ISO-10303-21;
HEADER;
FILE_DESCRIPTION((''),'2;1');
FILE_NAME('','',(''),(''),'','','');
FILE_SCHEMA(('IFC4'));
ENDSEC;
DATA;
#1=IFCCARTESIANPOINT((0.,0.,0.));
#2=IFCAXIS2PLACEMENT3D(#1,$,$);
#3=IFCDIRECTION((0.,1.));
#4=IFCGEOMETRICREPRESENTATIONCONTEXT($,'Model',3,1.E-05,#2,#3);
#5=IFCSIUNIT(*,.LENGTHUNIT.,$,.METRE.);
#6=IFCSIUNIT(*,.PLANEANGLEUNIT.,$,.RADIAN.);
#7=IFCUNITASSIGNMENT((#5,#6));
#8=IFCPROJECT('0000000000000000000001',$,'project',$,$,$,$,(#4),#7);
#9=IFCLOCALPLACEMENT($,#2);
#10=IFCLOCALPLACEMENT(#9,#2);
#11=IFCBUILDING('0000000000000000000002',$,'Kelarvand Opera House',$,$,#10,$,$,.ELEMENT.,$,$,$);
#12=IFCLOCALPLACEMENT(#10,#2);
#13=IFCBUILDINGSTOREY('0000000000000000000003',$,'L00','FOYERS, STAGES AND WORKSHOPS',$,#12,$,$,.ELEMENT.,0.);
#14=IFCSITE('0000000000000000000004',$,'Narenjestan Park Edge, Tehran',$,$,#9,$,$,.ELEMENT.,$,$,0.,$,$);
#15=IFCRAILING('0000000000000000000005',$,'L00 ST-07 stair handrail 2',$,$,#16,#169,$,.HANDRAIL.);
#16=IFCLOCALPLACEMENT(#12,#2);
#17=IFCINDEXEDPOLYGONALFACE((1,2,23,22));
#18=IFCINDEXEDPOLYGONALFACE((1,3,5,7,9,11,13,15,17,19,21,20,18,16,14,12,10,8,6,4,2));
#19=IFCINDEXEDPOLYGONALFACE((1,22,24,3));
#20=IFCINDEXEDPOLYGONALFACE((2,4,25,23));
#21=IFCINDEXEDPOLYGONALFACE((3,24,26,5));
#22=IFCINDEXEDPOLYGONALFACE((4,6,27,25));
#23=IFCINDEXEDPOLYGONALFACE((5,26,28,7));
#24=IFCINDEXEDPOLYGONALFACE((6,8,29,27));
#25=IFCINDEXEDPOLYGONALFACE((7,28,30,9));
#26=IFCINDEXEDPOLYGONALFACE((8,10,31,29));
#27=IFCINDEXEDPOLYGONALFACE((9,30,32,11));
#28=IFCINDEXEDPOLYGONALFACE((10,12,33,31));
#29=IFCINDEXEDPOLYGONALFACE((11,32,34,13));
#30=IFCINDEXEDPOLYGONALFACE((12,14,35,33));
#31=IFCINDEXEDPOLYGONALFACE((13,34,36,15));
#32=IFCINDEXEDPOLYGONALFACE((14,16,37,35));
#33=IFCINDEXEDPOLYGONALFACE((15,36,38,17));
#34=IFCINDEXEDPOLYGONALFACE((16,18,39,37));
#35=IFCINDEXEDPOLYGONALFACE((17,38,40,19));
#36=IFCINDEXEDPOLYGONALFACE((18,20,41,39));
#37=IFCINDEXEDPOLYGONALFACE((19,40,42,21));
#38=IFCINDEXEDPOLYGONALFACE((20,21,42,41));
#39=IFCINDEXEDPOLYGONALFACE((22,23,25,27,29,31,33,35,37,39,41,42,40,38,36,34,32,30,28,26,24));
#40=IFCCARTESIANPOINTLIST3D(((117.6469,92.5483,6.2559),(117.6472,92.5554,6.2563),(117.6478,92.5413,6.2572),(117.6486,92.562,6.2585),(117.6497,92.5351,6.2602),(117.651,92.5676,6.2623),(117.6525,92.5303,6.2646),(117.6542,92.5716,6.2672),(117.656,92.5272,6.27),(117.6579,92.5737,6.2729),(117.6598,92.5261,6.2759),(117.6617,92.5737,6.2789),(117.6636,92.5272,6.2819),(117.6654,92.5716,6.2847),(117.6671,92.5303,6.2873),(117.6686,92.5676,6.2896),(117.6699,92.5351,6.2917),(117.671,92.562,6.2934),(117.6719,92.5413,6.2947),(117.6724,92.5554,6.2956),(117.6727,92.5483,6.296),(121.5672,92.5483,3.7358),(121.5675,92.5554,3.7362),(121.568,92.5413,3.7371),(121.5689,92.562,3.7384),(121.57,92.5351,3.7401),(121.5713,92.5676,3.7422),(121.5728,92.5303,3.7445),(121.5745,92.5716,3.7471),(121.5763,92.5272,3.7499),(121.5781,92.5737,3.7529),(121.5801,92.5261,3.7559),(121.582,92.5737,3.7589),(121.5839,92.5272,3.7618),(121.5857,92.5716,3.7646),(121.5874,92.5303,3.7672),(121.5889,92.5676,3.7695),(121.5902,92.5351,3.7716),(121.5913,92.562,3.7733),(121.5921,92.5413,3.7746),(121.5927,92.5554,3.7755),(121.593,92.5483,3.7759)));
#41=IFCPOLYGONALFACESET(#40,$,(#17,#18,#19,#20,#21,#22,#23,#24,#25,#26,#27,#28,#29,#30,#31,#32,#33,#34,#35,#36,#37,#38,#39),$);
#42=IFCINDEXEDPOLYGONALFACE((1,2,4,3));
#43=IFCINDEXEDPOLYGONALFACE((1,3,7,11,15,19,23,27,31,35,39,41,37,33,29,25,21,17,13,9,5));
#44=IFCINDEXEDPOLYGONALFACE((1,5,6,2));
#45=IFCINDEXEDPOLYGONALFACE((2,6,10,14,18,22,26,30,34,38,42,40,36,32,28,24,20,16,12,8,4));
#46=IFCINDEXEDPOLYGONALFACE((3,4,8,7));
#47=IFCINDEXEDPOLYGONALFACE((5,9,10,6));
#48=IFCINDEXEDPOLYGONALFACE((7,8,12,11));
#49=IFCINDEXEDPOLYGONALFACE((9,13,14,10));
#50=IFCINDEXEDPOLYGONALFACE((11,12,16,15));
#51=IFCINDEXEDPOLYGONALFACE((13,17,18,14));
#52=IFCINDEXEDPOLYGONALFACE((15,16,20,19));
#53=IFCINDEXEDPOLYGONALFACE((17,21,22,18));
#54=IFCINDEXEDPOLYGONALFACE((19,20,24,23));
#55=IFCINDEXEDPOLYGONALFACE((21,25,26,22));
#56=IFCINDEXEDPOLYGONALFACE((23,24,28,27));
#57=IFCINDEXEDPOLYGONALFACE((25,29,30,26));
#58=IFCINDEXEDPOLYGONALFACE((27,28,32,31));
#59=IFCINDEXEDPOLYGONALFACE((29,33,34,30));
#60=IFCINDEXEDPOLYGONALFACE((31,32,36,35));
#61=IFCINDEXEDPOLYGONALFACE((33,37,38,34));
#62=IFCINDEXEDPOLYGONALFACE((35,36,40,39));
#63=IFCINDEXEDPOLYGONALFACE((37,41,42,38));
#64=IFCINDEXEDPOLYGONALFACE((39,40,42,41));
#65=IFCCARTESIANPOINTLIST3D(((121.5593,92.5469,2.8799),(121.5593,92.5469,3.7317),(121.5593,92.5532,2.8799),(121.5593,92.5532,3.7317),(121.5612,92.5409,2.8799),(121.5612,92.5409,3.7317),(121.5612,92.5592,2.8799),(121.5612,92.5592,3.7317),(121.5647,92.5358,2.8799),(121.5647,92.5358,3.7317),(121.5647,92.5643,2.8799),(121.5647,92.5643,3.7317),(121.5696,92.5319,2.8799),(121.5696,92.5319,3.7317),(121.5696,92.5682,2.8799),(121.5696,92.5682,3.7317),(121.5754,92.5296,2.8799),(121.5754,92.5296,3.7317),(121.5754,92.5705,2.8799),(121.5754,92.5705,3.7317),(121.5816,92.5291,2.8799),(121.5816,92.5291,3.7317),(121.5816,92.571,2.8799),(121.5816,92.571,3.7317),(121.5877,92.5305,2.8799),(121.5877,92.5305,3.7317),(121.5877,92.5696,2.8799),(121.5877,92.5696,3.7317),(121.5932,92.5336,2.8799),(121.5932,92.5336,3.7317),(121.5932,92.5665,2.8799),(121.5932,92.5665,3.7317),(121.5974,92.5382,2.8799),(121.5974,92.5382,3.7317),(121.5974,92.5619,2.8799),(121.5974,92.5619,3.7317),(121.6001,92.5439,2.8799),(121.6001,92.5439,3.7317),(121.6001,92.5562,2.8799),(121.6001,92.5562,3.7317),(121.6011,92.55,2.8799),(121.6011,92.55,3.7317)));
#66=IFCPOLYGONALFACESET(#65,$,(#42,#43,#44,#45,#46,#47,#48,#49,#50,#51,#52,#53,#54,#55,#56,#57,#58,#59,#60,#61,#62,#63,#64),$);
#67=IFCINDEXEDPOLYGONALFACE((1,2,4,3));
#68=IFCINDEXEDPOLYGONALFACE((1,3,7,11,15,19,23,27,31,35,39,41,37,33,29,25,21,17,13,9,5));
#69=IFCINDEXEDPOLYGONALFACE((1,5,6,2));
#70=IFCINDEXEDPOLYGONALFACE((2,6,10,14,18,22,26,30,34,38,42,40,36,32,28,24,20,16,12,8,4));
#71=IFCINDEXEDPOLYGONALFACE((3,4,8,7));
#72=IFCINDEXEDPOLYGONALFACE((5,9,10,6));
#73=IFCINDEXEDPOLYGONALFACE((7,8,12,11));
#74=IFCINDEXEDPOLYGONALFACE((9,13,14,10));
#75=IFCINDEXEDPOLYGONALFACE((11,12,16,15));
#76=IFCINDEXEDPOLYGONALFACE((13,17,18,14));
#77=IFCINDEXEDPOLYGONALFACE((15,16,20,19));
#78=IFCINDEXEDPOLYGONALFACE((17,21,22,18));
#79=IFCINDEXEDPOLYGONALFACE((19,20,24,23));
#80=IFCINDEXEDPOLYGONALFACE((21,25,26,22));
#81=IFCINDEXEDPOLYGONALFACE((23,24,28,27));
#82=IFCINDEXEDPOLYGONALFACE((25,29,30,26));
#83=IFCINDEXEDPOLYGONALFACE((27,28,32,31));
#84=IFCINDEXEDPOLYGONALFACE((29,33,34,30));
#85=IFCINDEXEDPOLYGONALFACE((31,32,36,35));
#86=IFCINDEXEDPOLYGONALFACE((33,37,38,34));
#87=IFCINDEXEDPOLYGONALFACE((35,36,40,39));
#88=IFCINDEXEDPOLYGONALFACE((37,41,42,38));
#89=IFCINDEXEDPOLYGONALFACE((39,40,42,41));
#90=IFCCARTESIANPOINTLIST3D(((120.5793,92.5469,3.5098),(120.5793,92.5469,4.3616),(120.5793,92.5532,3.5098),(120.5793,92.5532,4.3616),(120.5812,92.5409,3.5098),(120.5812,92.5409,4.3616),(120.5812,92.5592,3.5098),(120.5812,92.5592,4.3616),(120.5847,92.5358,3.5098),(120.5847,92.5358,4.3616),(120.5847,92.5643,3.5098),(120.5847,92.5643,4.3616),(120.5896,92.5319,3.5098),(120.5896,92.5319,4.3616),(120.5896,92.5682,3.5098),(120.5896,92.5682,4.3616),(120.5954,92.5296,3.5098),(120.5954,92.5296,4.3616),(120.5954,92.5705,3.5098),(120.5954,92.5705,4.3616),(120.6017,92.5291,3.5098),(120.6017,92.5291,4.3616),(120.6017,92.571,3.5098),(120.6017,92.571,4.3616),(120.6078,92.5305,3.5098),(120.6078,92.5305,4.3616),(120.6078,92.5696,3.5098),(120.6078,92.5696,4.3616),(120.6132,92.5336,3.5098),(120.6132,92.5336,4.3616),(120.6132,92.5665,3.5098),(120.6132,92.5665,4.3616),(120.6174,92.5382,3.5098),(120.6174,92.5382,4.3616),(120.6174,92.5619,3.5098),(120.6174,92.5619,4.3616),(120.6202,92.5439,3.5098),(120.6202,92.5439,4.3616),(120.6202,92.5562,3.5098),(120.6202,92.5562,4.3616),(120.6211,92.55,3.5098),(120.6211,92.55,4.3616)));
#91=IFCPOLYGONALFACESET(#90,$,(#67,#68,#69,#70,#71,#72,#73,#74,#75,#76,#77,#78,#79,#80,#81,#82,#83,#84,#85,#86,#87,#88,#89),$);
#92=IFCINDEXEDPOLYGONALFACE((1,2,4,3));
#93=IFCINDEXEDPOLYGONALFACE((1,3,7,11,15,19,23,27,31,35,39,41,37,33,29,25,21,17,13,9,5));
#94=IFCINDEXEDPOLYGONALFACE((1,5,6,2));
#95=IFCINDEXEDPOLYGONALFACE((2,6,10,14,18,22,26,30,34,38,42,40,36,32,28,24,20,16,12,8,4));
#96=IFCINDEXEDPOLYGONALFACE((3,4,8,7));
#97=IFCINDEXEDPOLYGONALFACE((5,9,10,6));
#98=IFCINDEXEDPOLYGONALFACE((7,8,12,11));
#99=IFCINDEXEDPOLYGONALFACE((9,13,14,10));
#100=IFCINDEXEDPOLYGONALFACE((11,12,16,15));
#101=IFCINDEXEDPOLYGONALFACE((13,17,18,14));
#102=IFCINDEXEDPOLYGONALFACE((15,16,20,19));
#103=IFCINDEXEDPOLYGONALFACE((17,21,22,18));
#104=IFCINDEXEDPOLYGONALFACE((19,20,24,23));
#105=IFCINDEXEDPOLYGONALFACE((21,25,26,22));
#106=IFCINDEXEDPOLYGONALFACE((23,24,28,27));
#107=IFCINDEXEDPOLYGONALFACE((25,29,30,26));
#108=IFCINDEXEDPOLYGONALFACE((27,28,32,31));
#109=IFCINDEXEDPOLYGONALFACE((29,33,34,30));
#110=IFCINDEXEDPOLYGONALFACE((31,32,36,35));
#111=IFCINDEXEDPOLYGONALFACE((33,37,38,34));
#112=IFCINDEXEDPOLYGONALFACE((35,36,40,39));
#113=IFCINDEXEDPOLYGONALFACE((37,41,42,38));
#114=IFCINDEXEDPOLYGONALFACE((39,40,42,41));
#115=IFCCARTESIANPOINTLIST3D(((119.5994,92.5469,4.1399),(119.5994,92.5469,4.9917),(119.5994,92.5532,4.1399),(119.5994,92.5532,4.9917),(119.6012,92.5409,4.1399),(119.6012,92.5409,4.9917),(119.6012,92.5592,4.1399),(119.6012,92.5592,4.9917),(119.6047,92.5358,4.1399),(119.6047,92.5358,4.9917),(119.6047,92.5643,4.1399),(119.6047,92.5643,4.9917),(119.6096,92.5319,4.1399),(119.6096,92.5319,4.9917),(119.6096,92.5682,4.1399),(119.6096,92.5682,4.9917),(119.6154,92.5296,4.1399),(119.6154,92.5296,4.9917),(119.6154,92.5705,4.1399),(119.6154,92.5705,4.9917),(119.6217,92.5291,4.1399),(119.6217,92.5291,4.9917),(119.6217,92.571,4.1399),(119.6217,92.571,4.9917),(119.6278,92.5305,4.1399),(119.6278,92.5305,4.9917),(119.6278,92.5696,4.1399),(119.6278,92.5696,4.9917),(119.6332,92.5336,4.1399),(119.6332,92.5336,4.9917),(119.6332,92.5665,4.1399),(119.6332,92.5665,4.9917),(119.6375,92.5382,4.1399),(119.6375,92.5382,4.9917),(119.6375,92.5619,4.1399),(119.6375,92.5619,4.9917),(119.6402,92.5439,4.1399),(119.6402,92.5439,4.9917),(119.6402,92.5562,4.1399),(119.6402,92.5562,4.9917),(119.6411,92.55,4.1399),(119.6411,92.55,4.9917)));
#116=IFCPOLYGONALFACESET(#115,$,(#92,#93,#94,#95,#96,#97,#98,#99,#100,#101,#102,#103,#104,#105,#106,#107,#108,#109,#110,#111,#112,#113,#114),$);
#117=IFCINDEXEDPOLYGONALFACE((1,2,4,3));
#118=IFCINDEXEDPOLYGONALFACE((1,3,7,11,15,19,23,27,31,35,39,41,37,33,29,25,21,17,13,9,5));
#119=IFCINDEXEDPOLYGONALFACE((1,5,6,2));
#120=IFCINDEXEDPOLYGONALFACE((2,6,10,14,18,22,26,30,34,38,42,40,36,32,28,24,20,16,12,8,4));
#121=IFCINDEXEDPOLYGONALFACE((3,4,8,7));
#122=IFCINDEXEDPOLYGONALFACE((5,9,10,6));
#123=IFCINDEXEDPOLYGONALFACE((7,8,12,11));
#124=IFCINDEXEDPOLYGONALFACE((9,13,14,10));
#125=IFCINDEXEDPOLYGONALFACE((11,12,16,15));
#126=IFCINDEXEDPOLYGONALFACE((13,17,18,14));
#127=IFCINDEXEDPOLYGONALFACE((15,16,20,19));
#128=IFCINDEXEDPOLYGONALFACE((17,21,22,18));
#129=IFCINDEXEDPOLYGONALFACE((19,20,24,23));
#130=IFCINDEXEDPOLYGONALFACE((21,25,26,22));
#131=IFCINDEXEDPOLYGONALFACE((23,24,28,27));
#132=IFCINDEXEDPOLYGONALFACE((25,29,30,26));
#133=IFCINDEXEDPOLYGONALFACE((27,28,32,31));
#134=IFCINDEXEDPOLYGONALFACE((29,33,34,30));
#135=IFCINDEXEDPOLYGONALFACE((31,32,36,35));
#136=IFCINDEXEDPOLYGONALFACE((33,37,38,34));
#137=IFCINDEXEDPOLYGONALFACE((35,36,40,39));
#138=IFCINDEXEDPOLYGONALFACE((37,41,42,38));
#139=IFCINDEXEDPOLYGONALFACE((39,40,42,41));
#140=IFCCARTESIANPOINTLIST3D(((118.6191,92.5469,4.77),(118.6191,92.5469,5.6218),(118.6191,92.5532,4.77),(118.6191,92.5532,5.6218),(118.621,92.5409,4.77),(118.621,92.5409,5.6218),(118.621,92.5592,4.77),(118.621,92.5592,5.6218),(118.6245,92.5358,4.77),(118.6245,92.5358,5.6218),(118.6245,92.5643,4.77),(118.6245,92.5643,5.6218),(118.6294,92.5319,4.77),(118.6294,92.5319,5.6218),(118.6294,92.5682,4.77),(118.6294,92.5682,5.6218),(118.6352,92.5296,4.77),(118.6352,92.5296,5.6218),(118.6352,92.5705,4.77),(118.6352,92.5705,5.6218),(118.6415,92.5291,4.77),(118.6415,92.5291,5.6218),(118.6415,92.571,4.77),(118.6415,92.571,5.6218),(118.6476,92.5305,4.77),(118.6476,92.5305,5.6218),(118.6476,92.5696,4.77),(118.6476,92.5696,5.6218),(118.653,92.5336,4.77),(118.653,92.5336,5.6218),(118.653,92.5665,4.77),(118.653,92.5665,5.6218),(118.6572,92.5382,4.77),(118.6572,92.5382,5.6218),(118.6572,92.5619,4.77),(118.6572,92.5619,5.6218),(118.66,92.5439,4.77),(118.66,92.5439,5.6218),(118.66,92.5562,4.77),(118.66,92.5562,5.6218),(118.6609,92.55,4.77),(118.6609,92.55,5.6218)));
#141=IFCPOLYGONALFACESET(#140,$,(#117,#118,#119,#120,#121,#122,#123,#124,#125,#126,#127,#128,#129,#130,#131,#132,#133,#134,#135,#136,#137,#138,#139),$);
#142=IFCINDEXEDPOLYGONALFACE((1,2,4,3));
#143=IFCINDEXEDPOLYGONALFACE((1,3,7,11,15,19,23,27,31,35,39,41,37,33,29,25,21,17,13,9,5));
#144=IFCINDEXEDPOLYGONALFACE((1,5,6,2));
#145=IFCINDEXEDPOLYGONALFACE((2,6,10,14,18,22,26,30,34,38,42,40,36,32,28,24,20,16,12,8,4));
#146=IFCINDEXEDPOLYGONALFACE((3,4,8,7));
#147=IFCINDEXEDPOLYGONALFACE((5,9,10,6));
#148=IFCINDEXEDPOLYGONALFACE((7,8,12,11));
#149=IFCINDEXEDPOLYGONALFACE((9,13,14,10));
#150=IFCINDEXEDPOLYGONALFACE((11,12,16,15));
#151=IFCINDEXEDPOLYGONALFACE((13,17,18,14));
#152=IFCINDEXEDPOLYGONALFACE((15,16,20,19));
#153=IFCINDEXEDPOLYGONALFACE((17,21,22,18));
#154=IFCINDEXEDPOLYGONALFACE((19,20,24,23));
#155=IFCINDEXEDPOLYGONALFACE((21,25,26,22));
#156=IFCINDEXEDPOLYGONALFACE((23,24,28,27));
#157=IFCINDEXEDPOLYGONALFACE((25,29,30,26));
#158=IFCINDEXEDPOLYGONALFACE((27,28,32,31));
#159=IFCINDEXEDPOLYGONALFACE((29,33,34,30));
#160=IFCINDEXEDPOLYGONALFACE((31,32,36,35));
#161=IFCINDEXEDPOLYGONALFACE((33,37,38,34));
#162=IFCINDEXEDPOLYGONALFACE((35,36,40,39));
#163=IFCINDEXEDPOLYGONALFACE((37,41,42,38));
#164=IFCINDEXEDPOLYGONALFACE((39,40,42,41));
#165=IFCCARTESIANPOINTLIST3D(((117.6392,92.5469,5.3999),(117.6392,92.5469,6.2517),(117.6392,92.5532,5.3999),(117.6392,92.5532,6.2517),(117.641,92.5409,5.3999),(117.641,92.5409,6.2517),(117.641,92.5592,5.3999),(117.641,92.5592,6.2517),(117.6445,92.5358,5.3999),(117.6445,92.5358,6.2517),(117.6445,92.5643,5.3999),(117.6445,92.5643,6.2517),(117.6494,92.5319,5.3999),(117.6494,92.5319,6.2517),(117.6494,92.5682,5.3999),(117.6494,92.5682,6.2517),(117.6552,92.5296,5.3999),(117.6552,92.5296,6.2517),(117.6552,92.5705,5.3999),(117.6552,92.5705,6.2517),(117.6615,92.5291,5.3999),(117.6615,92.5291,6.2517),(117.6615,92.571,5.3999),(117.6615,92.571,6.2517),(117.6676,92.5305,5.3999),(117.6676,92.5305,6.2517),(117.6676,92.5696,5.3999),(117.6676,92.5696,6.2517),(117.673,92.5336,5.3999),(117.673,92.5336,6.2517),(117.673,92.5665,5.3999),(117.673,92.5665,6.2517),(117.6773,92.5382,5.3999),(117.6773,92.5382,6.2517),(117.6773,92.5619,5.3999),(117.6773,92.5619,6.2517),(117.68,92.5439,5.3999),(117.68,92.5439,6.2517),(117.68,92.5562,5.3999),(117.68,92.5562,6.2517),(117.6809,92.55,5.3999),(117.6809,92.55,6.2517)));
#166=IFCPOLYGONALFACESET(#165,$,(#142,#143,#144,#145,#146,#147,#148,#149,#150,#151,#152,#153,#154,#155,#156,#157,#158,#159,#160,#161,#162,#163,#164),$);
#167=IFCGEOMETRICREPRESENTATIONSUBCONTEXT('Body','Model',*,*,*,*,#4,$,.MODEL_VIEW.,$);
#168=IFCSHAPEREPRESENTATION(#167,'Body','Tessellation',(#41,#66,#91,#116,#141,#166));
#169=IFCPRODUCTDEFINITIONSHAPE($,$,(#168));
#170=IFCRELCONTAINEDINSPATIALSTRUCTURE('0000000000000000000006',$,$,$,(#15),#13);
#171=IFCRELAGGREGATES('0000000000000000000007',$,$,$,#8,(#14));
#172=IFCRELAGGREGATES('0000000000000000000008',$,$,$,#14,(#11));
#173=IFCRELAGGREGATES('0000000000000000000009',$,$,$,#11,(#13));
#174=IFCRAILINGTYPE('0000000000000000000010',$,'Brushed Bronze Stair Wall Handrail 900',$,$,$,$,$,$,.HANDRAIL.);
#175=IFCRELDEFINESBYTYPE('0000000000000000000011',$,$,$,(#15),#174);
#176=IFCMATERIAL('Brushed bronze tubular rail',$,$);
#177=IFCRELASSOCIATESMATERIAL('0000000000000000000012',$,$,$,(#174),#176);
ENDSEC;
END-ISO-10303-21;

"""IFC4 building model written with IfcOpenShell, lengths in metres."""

from ifc_helpers import new_model, si_unit, direction, frame, origin, origin_2d, place, context, subcontext, project, spatial, circle, extrude, material, type_object, element, save


model = new_model("IFC4")

# Units and contexts
model_context = context("Model", 3, precision=1e-05, world=origin(), true_north=direction((0.0, 1.0)))
body_context = subcontext(model_context, "Body", "Model", "MODEL_VIEW")
ifc_project = project(units=[si_unit("LENGTHUNIT", "METRE"), si_unit("PLANEANGLEUNIT", "RADIAN")], contexts=[model_context])

# Site, building, storey
site_placement = place(None, origin())
site = spatial("IfcSite", under=ifc_project, at=site_placement, Name="Narenjestan Park Edge, Tehran", CompositionType="ELEMENT", RefElevation=0.0)
building_placement = place(site_placement, origin())
building = spatial("IfcBuilding", under=site, at=building_placement, Name="Kelarvand Opera House", CompositionType="ELEMENT")
storey_placement = place(building_placement, origin())
storey = spatial("IfcBuildingStorey", under=building, at=storey_placement, Name="L00", Description="FOYERS, STAGES AND WORKSHOPS", CompositionType="ELEMENT", Elevation=0.0)

# Railing
ifc_material_1 = material(Name="Brushed bronze tubular rail")
railing_type_1 = type_object("IfcRailingType", Name="Brushed Bronze Stair Wall Handrail 900", PredefinedType="HANDRAIL", material=ifc_material_1)
railing_1_placement = place(storey_placement, frame((121.5801, 92.55, 2.8799)))
element("IfcRailing", 1, at=railing_1_placement, inside=storey, type_object=railing_type_1, Name="L00 ST-07 stair handrail 2", PredefinedType="HANDRAIL", context=body_context, shape_type="SweptSolid", body=[
    extrude(circle(Radius=0.0239, at=origin_2d()), frame((0.0, 0.0, 0.876), z_axis=(-0.841187, 0.0, 0.540744), x_axis=(0.0, -1.0, 0.0)), (0.0, 0.0, 1.0), 4.6604),
    extrude(circle(Radius=0.021, at=origin_2d()), origin(), (0.0, 0.0, 1.0), 0.8518),
    extrude(circle(Radius=0.021, at=origin_2d()), frame((-0.98, 0.0, 0.6299)), (0.0, 0.0, 1.0), 0.8518),
    extrude(circle(Radius=0.021, at=origin_2d()), frame((-1.96, 0.0, 1.26)), (0.0, 0.0, 1.0), 0.8518),
    extrude(circle(Radius=0.021, at=origin_2d()), frame((-2.9402, 0.0, 1.8901)), (0.0, 0.0, 1.0), 0.8518),
    extrude(circle(Radius=0.021, at=origin_2d()), frame((-3.9202, 0.0, 2.52)), (0.0, 0.0, 1.0), 0.8518),
])

save(model, "model.ifc")
